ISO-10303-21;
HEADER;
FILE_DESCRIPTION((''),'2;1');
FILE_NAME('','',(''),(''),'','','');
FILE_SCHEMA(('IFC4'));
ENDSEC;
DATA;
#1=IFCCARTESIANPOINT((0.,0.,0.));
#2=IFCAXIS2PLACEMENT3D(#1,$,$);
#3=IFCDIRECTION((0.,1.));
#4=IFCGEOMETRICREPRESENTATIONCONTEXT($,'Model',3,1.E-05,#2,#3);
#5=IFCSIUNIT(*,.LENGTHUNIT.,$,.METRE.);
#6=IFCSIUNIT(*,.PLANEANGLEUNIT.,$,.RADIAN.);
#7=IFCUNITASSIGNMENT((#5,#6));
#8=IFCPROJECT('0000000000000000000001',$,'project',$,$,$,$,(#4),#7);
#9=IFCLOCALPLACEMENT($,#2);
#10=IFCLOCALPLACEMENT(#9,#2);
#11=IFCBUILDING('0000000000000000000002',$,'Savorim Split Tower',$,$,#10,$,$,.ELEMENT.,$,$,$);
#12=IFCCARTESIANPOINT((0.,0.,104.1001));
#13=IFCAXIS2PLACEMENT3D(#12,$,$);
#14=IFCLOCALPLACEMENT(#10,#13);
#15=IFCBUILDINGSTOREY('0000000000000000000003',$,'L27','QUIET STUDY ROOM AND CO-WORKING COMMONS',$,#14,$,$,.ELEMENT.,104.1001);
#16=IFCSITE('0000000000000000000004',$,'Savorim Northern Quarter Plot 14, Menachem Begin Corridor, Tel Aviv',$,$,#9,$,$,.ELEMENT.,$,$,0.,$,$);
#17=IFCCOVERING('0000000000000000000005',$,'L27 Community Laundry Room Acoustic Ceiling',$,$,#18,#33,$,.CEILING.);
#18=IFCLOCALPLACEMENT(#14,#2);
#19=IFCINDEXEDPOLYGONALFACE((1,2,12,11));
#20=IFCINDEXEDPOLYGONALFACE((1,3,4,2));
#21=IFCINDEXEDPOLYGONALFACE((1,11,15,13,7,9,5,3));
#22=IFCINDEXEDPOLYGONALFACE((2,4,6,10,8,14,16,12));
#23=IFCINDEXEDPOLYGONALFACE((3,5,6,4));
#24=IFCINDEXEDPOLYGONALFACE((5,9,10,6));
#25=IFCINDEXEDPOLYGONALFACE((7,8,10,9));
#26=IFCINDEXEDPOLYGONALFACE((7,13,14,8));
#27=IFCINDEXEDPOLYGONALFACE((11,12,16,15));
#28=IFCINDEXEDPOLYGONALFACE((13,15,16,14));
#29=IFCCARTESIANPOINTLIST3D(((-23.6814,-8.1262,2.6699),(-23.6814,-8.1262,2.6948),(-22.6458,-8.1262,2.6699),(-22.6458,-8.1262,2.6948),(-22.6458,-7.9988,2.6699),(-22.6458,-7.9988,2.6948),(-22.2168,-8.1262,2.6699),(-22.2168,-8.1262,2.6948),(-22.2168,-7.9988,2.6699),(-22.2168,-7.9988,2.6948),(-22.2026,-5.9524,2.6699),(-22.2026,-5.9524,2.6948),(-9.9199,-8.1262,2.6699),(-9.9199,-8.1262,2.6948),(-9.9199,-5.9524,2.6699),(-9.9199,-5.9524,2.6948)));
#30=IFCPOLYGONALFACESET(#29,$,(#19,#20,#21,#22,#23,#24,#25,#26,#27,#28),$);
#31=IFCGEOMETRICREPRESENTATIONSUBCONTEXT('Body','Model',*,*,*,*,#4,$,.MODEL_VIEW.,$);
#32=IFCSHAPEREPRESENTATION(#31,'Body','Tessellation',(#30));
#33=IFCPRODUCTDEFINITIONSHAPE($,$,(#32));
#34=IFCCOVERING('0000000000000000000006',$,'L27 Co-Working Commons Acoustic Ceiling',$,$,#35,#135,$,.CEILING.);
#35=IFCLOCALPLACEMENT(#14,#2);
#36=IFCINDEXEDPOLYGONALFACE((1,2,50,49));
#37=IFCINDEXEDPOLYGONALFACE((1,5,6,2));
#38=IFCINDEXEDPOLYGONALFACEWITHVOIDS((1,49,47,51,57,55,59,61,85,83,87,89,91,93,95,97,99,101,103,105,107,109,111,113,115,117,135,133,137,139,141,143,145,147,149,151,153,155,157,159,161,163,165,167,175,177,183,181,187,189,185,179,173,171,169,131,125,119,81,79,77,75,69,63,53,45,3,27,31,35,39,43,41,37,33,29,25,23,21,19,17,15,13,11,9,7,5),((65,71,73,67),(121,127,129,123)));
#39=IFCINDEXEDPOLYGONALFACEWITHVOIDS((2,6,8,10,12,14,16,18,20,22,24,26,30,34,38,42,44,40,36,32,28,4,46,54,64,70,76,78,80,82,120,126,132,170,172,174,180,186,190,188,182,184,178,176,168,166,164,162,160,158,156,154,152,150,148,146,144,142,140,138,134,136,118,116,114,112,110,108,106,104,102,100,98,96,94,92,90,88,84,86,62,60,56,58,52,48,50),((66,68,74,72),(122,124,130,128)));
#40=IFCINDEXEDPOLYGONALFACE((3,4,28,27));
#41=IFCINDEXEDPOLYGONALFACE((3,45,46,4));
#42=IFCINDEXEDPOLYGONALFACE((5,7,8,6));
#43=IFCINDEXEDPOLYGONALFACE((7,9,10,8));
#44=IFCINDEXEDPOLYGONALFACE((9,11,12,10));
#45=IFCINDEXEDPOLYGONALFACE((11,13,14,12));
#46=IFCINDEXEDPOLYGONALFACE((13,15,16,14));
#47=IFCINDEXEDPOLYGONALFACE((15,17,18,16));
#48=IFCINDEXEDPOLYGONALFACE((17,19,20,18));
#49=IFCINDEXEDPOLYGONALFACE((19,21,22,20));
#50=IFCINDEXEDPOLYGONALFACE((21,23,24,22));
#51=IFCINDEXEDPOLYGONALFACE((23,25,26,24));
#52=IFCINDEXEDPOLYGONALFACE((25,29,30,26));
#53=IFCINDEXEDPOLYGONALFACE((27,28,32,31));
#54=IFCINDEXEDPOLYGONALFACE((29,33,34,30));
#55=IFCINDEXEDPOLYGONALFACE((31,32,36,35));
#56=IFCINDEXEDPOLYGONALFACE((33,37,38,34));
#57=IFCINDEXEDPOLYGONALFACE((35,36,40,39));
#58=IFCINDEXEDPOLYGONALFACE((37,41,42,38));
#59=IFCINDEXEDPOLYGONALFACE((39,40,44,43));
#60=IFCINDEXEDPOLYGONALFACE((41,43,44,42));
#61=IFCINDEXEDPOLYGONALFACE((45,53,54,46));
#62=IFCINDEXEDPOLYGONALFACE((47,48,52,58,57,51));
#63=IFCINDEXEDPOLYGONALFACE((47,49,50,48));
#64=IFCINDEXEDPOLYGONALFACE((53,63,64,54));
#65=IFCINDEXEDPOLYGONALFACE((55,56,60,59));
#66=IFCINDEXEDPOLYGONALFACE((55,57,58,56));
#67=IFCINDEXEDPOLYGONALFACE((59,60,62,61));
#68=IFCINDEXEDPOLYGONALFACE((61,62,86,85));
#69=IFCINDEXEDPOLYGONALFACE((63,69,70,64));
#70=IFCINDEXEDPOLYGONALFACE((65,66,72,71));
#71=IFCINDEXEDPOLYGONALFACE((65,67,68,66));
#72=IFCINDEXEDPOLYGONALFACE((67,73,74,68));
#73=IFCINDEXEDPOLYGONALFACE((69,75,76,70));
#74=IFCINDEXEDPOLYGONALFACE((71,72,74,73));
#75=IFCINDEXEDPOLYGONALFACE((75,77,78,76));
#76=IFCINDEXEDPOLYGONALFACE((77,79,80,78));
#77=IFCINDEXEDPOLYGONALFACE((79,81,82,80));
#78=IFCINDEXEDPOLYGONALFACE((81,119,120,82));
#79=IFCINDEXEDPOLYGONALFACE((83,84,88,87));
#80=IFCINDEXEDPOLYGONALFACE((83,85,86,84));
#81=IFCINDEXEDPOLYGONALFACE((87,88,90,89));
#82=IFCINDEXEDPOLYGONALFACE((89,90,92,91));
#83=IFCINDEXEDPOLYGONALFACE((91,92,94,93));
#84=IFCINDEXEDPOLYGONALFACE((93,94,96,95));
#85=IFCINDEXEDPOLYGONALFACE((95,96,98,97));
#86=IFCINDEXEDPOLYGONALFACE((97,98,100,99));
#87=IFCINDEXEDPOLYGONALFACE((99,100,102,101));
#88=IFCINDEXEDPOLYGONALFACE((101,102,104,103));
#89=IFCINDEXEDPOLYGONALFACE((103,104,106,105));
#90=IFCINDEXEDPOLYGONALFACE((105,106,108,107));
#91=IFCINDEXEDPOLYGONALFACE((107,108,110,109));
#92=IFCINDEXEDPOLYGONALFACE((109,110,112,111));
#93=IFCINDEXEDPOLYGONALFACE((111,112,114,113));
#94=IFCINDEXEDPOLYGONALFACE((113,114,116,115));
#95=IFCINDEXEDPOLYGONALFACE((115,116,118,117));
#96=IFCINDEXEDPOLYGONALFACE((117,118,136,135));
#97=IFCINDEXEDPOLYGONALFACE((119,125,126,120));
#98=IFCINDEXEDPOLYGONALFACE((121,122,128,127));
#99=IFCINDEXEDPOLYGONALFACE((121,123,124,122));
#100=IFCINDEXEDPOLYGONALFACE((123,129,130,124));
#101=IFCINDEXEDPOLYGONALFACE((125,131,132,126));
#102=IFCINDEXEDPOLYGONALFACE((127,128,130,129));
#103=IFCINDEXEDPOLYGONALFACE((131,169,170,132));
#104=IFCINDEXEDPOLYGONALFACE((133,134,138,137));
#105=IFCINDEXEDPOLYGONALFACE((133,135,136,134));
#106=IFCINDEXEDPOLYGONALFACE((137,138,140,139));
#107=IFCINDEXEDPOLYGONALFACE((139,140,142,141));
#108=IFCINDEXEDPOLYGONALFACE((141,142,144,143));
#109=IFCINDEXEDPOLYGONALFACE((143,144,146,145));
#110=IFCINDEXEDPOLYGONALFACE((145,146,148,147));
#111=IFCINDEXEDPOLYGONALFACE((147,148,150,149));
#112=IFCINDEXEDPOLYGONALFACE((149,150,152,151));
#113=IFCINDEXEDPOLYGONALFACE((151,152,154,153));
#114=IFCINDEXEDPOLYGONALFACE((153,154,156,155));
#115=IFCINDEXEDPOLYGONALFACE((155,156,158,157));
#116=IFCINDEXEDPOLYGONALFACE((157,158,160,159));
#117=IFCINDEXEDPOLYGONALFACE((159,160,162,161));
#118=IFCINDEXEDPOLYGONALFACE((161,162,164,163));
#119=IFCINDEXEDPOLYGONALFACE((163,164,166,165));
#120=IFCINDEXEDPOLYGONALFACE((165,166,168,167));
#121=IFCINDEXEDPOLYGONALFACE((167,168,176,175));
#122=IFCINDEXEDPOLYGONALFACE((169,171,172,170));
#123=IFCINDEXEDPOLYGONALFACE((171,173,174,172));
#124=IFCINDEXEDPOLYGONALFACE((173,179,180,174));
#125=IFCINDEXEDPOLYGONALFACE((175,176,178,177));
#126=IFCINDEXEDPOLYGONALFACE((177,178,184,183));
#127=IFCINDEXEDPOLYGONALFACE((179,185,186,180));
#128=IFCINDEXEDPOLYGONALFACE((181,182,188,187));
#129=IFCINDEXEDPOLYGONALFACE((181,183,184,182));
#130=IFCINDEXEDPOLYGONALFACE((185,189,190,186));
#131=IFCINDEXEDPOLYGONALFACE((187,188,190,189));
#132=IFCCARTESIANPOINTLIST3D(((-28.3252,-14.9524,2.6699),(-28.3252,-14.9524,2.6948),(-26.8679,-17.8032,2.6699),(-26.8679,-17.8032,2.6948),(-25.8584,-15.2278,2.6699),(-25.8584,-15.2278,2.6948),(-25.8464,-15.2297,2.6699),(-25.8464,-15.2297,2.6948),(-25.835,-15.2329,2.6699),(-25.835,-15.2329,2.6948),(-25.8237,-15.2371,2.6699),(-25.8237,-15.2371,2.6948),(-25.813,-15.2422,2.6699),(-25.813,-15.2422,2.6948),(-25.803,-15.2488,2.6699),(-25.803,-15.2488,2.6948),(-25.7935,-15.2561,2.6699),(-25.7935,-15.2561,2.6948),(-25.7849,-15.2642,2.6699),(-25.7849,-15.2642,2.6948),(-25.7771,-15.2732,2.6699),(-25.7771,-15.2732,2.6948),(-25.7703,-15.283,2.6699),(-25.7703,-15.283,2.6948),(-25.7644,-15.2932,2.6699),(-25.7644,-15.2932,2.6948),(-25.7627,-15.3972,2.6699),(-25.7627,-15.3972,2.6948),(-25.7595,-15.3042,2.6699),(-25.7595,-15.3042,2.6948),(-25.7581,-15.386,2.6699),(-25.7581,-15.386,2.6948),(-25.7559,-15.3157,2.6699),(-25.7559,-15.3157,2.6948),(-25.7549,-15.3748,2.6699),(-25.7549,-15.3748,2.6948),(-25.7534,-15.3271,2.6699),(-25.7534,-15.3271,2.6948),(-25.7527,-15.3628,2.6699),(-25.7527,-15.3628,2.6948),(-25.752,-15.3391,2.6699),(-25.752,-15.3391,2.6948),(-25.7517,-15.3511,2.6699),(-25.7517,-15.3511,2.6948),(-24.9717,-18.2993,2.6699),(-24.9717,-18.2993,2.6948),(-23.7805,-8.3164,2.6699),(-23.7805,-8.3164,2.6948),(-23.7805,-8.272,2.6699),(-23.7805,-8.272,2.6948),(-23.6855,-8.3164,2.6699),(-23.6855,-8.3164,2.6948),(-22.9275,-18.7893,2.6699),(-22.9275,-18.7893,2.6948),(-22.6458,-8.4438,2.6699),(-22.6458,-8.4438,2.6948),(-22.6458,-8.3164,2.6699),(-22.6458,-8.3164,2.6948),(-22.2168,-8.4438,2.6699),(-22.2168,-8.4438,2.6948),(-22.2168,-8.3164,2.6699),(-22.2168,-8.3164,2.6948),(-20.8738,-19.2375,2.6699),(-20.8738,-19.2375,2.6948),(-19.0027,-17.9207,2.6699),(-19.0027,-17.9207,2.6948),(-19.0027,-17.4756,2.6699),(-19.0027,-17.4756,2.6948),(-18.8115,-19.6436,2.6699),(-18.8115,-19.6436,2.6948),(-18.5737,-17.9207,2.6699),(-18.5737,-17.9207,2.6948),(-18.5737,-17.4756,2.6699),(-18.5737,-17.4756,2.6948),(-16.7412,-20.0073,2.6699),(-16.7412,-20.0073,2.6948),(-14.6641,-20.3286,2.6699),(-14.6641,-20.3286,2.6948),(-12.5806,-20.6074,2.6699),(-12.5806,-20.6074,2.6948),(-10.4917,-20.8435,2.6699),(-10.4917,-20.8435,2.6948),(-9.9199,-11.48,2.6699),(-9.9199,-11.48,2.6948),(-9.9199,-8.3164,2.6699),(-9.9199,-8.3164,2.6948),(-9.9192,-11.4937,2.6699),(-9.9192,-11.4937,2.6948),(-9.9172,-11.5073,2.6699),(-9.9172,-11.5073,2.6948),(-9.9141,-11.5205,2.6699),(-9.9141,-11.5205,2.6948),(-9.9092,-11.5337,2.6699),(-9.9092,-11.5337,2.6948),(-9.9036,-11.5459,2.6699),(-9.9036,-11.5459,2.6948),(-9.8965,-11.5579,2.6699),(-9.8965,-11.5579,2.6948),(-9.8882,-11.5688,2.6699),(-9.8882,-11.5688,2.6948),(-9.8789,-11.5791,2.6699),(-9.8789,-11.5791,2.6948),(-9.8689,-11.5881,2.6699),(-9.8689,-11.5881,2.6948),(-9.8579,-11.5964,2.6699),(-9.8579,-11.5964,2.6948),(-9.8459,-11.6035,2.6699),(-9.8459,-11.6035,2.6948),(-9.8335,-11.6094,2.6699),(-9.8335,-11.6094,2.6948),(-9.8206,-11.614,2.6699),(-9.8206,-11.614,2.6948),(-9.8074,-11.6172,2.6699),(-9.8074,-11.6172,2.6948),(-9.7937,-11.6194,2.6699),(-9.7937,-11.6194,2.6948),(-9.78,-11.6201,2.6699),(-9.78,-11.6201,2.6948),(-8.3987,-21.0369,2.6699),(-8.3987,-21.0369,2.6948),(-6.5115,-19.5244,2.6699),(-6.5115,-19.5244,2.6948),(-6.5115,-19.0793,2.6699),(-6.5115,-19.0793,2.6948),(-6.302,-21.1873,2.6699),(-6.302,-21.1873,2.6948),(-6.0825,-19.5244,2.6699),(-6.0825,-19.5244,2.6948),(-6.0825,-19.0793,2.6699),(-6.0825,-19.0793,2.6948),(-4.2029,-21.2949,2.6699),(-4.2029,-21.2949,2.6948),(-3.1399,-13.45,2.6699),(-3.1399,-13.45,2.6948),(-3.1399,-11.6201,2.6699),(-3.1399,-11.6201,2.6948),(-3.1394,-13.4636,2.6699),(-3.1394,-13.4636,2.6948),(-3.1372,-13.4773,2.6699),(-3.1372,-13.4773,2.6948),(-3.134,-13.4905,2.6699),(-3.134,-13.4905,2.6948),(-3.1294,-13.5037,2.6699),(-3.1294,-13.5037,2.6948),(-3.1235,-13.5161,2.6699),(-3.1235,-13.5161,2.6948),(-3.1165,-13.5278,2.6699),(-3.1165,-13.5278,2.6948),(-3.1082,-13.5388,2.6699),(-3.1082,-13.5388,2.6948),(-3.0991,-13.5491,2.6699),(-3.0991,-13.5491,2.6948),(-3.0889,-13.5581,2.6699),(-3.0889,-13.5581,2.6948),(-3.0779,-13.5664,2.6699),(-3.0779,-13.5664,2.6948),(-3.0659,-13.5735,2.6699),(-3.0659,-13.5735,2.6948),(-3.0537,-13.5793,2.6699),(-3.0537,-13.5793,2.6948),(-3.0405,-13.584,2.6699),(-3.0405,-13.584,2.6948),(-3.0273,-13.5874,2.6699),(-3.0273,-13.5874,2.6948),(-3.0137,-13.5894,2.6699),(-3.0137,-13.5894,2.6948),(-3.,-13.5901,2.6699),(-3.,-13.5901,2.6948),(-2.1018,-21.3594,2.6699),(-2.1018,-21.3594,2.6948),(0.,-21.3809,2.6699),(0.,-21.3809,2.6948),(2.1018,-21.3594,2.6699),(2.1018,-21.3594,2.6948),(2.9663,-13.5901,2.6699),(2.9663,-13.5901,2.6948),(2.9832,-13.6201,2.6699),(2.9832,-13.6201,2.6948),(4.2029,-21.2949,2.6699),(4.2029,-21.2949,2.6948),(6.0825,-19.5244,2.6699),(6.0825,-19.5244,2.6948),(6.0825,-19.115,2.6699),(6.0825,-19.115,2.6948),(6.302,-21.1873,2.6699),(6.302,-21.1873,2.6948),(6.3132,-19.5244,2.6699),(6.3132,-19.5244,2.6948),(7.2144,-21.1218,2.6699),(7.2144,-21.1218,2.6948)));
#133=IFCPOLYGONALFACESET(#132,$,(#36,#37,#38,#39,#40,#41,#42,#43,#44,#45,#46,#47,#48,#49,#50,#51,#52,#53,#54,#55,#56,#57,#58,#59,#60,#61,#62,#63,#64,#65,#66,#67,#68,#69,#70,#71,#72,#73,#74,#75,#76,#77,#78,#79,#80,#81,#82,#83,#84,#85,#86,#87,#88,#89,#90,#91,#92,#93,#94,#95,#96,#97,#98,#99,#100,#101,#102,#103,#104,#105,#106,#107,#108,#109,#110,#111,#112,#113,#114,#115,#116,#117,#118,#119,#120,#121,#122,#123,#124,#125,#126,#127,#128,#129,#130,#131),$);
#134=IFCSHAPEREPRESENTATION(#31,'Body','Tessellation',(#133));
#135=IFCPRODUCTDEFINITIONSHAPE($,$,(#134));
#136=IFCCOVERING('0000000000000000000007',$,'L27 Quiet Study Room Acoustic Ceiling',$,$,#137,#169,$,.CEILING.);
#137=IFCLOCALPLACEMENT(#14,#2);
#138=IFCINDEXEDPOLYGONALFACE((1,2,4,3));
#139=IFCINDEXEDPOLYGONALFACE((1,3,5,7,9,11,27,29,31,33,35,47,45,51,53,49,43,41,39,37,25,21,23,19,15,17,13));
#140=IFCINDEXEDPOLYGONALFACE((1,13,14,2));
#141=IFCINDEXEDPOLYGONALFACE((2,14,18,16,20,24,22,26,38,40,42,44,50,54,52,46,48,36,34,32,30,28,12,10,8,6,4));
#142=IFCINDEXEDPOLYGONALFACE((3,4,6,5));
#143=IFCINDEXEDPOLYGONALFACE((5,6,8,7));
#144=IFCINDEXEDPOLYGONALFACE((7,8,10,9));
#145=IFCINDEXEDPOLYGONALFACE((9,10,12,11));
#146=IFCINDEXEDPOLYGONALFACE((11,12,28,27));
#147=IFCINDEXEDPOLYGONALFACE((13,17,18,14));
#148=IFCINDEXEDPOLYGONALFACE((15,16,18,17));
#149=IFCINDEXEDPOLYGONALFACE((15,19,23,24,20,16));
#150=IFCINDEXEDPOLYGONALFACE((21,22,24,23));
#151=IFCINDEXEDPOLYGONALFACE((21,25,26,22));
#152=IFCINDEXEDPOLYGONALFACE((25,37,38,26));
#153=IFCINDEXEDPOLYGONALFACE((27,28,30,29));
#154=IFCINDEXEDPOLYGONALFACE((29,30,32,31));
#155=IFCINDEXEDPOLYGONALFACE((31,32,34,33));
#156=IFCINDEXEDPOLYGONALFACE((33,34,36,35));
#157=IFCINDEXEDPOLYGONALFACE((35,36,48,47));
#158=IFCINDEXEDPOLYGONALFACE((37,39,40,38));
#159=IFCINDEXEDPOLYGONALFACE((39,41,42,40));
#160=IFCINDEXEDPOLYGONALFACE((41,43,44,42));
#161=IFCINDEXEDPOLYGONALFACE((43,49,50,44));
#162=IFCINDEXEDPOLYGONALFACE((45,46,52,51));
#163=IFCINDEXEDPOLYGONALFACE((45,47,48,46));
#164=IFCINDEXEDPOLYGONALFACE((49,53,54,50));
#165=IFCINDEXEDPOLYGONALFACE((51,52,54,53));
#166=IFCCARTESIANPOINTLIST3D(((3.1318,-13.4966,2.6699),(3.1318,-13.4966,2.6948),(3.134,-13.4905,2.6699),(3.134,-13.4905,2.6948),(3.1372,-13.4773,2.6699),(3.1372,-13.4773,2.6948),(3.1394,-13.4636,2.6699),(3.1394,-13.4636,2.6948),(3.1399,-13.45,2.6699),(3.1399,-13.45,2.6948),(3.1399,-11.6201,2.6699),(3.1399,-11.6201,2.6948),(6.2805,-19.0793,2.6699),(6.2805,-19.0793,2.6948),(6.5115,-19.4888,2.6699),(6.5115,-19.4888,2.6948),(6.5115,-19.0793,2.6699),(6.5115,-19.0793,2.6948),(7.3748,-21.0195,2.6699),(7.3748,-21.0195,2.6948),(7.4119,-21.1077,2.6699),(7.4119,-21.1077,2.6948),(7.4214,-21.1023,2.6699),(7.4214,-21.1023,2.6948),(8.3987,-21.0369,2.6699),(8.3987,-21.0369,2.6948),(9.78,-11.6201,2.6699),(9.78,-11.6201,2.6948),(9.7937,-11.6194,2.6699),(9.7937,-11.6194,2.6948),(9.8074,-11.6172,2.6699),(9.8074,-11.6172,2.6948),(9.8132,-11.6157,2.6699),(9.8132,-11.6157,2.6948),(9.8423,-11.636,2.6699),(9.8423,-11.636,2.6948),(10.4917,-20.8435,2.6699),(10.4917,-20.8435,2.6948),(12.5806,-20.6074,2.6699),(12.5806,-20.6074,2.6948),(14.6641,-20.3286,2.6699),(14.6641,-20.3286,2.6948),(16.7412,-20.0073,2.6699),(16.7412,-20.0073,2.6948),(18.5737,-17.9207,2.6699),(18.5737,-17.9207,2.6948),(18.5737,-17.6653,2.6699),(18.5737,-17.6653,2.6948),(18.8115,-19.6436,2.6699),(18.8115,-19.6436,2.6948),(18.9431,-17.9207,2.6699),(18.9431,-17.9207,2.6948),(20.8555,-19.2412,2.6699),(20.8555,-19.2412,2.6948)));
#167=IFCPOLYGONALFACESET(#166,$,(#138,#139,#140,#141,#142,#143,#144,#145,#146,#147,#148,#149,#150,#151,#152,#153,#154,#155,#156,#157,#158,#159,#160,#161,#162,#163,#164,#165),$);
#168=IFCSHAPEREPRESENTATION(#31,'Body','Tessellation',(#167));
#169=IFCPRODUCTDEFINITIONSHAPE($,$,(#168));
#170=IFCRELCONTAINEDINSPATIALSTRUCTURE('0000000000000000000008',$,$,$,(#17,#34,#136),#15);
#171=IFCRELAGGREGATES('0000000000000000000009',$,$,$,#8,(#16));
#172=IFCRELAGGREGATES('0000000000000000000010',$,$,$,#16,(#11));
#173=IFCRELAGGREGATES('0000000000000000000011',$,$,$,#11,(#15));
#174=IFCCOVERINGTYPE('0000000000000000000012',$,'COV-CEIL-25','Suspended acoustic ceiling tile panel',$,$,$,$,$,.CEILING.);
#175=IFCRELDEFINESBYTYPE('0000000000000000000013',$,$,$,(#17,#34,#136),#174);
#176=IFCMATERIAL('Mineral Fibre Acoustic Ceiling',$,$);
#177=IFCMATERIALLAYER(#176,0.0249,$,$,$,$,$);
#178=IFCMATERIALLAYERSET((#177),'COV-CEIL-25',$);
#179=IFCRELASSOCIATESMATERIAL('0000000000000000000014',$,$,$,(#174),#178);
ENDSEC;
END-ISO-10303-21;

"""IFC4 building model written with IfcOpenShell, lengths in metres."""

from ifc_helpers import new_model, si_unit, direction, frame, origin, place, context, subcontext, project, spatial, polyline, outline, extrude, material, layer, layer_set, type_object, element, save


model = new_model("IFC4")

# Units and contexts
model_context = context("Model", 3, precision=1e-05, world=origin(), true_north=direction((0.0, 1.0)))
body_context = subcontext(model_context, "Body", "Model", "MODEL_VIEW")
ifc_project = project(units=[si_unit("LENGTHUNIT", "METRE"), si_unit("PLANEANGLEUNIT", "RADIAN")], contexts=[model_context])

# Site, building, storey
site_placement = place(None, origin())
site = spatial("IfcSite", under=ifc_project, at=site_placement, Name="Savorim Northern Quarter Plot 14, Menachem Begin Corridor, Tel Aviv", CompositionType="ELEMENT", RefElevation=0.0)
building_placement = place(site_placement, origin())
building = spatial("IfcBuilding", under=site, at=building_placement, Name="Savorim Split Tower", CompositionType="ELEMENT")
storey_placement = place(building_placement, frame((0.0, 0.0, 104.1001)))
storey = spatial("IfcBuildingStorey", under=building, at=storey_placement, Name="L27", Description="QUIET STUDY ROOM AND CO-WORKING COMMONS", CompositionType="ELEMENT", Elevation=104.1001)

# Coverings
ifc_material_1 = material(Name="Mineral Fibre Acoustic Ceiling")
ifc_layer_1 = layer(ifc_material_1, 0.0249)
ifc_layer_set_1 = layer_set([ifc_layer_1], Name="COV-CEIL-25")
covering_type_1 = type_object("IfcCoveringType", Name="COV-CEIL-25", Description="Suspended acoustic ceiling tile panel", PredefinedType="CEILING", material=ifc_layer_set_1)
covering_1_placement = place(storey_placement, frame((0.0, 0.0, 2.6699)))
element("IfcCovering", 1, at=covering_1_placement, inside=storey, type_object=covering_type_1, Name="L27 Community Laundry Room Acoustic Ceiling", PredefinedType="CEILING", context=body_context, shape_type="SweptSolid", body=[
    extrude(outline(polyline([(-22.2168, -7.9988), (-22.2168, -8.1262), (-9.9199, -8.1262), (-9.9199, -5.9524), (-22.2026, -5.9524), (-23.6814, -8.1262), (-22.6458, -8.1262), (-22.6458, -7.9988), (-22.2168, -7.9988)])), origin(), (0.0, 0.0, 1.0), 0.0249),
])
covering_2_placement = place(storey_placement, frame((0.0, 0.0, 2.6699)))
element("IfcCovering", 2, at=covering_2_placement, inside=storey, type_object=covering_type_1, Name="L27 Co-Working Commons Acoustic Ceiling", PredefinedType="CEILING", context=body_context, shape_type="SweptSolid", body=[
    extrude(outline(polyline([(-25.752, -15.3391), (-25.7517, -15.3511), (-25.7527, -15.3628), (-25.7549, -15.3748), (-25.7581, -15.386), (-25.7627, -15.3972), (-26.8679, -17.8032), (-24.9717, -18.2993), (-22.9275, -18.7893), (-20.8738, -19.2375), (-18.8115, -19.6436), (-16.7412, -20.0073), (-14.6641, -20.3286), (-12.5806, -20.6074), (-10.4917, -20.8435), (-8.3987, -21.0369), (-6.302, -21.1873), (-4.2029, -21.2949), (-2.1018, -21.3594), (0.0, -21.3809), (2.1018, -21.3594), (4.2029, -21.2949), (6.302, -21.1873), (7.2144, -21.1218), (6.3132, -19.5244), (6.0825, -19.5244), (6.0825, -19.115), (2.9832, -13.6201), (2.9663, -13.5901), (-3.0, -13.5901), (-3.0137, -13.5894), (-3.0273, -13.5874), (-3.0405, -13.584), (-3.0537, -13.5793), (-3.0659, -13.5735), (-3.0779, -13.5664), (-3.0889, -13.5581), (-3.0991, -13.5491), (-3.1082, -13.5388), (-3.1165, -13.5278), (-3.1235, -13.5161), (-3.1294, -13.5037), (-3.134, -13.4905), (-3.1372, -13.4773), (-3.1394, -13.4636), (-3.1399, -13.45), (-3.1399, -11.6201), (-9.78, -11.6201), (-9.7937, -11.6194), (-9.8074, -11.6172), (-9.8206, -11.614), (-9.8335, -11.6094), (-9.8459, -11.6035), (-9.8579, -11.5964), (-9.8689, -11.5881), (-9.8789, -11.5791), (-9.8882, -11.5688), (-9.8965, -11.5579), (-9.9036, -11.5459), (-9.9092, -11.5337), (-9.9141, -11.5205), (-9.9172, -11.5073), (-9.9192, -11.4937), (-9.9199, -11.48), (-9.9199, -8.3164), (-22.2168, -8.3164), (-22.2168, -8.4438), (-22.6458, -8.4438), (-22.6458, -8.3164), (-23.6855, -8.3164), (-23.7805, -8.3164), (-23.7805, -8.272), (-28.3252, -14.9524), (-25.8584, -15.2278), (-25.8464, -15.2297), (-25.835, -15.2329), (-25.8237, -15.2371), (-25.813, -15.2422), (-25.803, -15.2488), (-25.7935, -15.2561), (-25.7849, -15.2642), (-25.7771, -15.2732), (-25.7703, -15.283), (-25.7644, -15.2932), (-25.7595, -15.3042), (-25.7559, -15.3157), (-25.7534, -15.3271), (-25.752, -15.3391)]), holes=[polyline([(-19.0027, -17.9207), (-18.5737, -17.9207), (-18.5737, -17.4756), (-19.0027, -17.4756), (-19.0027, -17.9207)]), polyline([(-6.5115, -19.5244), (-6.0825, -19.5244), (-6.0825, -19.0793), (-6.5115, -19.0793), (-6.5115, -19.5244)])]), origin(), (0.0, 0.0, 1.0), 0.0249),
])
covering_3_placement = place(storey_placement, frame((0.0, 0.0, 2.6699)))
element("IfcCovering", 3, at=covering_3_placement, inside=storey, type_object=covering_type_1, Name="L27 Quiet Study Room Acoustic Ceiling", PredefinedType="CEILING", context=body_context, shape_type="SweptSolid", body=[
    extrude(outline(polyline([(12.5806, -20.6074), (14.6641, -20.3286), (16.7412, -20.0073), (18.8115, -19.6436), (20.8555, -19.2412), (18.9431, -17.9207), (18.5737, -17.9207), (18.5737, -17.6653), (9.8423, -11.636), (9.8132, -11.6157), (9.8074, -11.6172), (9.7937, -11.6194), (9.78, -11.6201), (3.1399, -11.6201), (3.1399, -13.45), (3.1394, -13.4636), (3.1372, -13.4773), (3.134, -13.4905), (3.1318, -13.4966), (6.2805, -19.0793), (6.5115, -19.0793), (6.5115, -19.4888), (7.3748, -21.0195), (7.4214, -21.1023), (7.4119, -21.1077), (8.3987, -21.0369), (10.4917, -20.8435), (12.5806, -20.6074)])), origin(), (0.0, 0.0, 1.0), 0.0249),
])

save(model, "model.ifc")
